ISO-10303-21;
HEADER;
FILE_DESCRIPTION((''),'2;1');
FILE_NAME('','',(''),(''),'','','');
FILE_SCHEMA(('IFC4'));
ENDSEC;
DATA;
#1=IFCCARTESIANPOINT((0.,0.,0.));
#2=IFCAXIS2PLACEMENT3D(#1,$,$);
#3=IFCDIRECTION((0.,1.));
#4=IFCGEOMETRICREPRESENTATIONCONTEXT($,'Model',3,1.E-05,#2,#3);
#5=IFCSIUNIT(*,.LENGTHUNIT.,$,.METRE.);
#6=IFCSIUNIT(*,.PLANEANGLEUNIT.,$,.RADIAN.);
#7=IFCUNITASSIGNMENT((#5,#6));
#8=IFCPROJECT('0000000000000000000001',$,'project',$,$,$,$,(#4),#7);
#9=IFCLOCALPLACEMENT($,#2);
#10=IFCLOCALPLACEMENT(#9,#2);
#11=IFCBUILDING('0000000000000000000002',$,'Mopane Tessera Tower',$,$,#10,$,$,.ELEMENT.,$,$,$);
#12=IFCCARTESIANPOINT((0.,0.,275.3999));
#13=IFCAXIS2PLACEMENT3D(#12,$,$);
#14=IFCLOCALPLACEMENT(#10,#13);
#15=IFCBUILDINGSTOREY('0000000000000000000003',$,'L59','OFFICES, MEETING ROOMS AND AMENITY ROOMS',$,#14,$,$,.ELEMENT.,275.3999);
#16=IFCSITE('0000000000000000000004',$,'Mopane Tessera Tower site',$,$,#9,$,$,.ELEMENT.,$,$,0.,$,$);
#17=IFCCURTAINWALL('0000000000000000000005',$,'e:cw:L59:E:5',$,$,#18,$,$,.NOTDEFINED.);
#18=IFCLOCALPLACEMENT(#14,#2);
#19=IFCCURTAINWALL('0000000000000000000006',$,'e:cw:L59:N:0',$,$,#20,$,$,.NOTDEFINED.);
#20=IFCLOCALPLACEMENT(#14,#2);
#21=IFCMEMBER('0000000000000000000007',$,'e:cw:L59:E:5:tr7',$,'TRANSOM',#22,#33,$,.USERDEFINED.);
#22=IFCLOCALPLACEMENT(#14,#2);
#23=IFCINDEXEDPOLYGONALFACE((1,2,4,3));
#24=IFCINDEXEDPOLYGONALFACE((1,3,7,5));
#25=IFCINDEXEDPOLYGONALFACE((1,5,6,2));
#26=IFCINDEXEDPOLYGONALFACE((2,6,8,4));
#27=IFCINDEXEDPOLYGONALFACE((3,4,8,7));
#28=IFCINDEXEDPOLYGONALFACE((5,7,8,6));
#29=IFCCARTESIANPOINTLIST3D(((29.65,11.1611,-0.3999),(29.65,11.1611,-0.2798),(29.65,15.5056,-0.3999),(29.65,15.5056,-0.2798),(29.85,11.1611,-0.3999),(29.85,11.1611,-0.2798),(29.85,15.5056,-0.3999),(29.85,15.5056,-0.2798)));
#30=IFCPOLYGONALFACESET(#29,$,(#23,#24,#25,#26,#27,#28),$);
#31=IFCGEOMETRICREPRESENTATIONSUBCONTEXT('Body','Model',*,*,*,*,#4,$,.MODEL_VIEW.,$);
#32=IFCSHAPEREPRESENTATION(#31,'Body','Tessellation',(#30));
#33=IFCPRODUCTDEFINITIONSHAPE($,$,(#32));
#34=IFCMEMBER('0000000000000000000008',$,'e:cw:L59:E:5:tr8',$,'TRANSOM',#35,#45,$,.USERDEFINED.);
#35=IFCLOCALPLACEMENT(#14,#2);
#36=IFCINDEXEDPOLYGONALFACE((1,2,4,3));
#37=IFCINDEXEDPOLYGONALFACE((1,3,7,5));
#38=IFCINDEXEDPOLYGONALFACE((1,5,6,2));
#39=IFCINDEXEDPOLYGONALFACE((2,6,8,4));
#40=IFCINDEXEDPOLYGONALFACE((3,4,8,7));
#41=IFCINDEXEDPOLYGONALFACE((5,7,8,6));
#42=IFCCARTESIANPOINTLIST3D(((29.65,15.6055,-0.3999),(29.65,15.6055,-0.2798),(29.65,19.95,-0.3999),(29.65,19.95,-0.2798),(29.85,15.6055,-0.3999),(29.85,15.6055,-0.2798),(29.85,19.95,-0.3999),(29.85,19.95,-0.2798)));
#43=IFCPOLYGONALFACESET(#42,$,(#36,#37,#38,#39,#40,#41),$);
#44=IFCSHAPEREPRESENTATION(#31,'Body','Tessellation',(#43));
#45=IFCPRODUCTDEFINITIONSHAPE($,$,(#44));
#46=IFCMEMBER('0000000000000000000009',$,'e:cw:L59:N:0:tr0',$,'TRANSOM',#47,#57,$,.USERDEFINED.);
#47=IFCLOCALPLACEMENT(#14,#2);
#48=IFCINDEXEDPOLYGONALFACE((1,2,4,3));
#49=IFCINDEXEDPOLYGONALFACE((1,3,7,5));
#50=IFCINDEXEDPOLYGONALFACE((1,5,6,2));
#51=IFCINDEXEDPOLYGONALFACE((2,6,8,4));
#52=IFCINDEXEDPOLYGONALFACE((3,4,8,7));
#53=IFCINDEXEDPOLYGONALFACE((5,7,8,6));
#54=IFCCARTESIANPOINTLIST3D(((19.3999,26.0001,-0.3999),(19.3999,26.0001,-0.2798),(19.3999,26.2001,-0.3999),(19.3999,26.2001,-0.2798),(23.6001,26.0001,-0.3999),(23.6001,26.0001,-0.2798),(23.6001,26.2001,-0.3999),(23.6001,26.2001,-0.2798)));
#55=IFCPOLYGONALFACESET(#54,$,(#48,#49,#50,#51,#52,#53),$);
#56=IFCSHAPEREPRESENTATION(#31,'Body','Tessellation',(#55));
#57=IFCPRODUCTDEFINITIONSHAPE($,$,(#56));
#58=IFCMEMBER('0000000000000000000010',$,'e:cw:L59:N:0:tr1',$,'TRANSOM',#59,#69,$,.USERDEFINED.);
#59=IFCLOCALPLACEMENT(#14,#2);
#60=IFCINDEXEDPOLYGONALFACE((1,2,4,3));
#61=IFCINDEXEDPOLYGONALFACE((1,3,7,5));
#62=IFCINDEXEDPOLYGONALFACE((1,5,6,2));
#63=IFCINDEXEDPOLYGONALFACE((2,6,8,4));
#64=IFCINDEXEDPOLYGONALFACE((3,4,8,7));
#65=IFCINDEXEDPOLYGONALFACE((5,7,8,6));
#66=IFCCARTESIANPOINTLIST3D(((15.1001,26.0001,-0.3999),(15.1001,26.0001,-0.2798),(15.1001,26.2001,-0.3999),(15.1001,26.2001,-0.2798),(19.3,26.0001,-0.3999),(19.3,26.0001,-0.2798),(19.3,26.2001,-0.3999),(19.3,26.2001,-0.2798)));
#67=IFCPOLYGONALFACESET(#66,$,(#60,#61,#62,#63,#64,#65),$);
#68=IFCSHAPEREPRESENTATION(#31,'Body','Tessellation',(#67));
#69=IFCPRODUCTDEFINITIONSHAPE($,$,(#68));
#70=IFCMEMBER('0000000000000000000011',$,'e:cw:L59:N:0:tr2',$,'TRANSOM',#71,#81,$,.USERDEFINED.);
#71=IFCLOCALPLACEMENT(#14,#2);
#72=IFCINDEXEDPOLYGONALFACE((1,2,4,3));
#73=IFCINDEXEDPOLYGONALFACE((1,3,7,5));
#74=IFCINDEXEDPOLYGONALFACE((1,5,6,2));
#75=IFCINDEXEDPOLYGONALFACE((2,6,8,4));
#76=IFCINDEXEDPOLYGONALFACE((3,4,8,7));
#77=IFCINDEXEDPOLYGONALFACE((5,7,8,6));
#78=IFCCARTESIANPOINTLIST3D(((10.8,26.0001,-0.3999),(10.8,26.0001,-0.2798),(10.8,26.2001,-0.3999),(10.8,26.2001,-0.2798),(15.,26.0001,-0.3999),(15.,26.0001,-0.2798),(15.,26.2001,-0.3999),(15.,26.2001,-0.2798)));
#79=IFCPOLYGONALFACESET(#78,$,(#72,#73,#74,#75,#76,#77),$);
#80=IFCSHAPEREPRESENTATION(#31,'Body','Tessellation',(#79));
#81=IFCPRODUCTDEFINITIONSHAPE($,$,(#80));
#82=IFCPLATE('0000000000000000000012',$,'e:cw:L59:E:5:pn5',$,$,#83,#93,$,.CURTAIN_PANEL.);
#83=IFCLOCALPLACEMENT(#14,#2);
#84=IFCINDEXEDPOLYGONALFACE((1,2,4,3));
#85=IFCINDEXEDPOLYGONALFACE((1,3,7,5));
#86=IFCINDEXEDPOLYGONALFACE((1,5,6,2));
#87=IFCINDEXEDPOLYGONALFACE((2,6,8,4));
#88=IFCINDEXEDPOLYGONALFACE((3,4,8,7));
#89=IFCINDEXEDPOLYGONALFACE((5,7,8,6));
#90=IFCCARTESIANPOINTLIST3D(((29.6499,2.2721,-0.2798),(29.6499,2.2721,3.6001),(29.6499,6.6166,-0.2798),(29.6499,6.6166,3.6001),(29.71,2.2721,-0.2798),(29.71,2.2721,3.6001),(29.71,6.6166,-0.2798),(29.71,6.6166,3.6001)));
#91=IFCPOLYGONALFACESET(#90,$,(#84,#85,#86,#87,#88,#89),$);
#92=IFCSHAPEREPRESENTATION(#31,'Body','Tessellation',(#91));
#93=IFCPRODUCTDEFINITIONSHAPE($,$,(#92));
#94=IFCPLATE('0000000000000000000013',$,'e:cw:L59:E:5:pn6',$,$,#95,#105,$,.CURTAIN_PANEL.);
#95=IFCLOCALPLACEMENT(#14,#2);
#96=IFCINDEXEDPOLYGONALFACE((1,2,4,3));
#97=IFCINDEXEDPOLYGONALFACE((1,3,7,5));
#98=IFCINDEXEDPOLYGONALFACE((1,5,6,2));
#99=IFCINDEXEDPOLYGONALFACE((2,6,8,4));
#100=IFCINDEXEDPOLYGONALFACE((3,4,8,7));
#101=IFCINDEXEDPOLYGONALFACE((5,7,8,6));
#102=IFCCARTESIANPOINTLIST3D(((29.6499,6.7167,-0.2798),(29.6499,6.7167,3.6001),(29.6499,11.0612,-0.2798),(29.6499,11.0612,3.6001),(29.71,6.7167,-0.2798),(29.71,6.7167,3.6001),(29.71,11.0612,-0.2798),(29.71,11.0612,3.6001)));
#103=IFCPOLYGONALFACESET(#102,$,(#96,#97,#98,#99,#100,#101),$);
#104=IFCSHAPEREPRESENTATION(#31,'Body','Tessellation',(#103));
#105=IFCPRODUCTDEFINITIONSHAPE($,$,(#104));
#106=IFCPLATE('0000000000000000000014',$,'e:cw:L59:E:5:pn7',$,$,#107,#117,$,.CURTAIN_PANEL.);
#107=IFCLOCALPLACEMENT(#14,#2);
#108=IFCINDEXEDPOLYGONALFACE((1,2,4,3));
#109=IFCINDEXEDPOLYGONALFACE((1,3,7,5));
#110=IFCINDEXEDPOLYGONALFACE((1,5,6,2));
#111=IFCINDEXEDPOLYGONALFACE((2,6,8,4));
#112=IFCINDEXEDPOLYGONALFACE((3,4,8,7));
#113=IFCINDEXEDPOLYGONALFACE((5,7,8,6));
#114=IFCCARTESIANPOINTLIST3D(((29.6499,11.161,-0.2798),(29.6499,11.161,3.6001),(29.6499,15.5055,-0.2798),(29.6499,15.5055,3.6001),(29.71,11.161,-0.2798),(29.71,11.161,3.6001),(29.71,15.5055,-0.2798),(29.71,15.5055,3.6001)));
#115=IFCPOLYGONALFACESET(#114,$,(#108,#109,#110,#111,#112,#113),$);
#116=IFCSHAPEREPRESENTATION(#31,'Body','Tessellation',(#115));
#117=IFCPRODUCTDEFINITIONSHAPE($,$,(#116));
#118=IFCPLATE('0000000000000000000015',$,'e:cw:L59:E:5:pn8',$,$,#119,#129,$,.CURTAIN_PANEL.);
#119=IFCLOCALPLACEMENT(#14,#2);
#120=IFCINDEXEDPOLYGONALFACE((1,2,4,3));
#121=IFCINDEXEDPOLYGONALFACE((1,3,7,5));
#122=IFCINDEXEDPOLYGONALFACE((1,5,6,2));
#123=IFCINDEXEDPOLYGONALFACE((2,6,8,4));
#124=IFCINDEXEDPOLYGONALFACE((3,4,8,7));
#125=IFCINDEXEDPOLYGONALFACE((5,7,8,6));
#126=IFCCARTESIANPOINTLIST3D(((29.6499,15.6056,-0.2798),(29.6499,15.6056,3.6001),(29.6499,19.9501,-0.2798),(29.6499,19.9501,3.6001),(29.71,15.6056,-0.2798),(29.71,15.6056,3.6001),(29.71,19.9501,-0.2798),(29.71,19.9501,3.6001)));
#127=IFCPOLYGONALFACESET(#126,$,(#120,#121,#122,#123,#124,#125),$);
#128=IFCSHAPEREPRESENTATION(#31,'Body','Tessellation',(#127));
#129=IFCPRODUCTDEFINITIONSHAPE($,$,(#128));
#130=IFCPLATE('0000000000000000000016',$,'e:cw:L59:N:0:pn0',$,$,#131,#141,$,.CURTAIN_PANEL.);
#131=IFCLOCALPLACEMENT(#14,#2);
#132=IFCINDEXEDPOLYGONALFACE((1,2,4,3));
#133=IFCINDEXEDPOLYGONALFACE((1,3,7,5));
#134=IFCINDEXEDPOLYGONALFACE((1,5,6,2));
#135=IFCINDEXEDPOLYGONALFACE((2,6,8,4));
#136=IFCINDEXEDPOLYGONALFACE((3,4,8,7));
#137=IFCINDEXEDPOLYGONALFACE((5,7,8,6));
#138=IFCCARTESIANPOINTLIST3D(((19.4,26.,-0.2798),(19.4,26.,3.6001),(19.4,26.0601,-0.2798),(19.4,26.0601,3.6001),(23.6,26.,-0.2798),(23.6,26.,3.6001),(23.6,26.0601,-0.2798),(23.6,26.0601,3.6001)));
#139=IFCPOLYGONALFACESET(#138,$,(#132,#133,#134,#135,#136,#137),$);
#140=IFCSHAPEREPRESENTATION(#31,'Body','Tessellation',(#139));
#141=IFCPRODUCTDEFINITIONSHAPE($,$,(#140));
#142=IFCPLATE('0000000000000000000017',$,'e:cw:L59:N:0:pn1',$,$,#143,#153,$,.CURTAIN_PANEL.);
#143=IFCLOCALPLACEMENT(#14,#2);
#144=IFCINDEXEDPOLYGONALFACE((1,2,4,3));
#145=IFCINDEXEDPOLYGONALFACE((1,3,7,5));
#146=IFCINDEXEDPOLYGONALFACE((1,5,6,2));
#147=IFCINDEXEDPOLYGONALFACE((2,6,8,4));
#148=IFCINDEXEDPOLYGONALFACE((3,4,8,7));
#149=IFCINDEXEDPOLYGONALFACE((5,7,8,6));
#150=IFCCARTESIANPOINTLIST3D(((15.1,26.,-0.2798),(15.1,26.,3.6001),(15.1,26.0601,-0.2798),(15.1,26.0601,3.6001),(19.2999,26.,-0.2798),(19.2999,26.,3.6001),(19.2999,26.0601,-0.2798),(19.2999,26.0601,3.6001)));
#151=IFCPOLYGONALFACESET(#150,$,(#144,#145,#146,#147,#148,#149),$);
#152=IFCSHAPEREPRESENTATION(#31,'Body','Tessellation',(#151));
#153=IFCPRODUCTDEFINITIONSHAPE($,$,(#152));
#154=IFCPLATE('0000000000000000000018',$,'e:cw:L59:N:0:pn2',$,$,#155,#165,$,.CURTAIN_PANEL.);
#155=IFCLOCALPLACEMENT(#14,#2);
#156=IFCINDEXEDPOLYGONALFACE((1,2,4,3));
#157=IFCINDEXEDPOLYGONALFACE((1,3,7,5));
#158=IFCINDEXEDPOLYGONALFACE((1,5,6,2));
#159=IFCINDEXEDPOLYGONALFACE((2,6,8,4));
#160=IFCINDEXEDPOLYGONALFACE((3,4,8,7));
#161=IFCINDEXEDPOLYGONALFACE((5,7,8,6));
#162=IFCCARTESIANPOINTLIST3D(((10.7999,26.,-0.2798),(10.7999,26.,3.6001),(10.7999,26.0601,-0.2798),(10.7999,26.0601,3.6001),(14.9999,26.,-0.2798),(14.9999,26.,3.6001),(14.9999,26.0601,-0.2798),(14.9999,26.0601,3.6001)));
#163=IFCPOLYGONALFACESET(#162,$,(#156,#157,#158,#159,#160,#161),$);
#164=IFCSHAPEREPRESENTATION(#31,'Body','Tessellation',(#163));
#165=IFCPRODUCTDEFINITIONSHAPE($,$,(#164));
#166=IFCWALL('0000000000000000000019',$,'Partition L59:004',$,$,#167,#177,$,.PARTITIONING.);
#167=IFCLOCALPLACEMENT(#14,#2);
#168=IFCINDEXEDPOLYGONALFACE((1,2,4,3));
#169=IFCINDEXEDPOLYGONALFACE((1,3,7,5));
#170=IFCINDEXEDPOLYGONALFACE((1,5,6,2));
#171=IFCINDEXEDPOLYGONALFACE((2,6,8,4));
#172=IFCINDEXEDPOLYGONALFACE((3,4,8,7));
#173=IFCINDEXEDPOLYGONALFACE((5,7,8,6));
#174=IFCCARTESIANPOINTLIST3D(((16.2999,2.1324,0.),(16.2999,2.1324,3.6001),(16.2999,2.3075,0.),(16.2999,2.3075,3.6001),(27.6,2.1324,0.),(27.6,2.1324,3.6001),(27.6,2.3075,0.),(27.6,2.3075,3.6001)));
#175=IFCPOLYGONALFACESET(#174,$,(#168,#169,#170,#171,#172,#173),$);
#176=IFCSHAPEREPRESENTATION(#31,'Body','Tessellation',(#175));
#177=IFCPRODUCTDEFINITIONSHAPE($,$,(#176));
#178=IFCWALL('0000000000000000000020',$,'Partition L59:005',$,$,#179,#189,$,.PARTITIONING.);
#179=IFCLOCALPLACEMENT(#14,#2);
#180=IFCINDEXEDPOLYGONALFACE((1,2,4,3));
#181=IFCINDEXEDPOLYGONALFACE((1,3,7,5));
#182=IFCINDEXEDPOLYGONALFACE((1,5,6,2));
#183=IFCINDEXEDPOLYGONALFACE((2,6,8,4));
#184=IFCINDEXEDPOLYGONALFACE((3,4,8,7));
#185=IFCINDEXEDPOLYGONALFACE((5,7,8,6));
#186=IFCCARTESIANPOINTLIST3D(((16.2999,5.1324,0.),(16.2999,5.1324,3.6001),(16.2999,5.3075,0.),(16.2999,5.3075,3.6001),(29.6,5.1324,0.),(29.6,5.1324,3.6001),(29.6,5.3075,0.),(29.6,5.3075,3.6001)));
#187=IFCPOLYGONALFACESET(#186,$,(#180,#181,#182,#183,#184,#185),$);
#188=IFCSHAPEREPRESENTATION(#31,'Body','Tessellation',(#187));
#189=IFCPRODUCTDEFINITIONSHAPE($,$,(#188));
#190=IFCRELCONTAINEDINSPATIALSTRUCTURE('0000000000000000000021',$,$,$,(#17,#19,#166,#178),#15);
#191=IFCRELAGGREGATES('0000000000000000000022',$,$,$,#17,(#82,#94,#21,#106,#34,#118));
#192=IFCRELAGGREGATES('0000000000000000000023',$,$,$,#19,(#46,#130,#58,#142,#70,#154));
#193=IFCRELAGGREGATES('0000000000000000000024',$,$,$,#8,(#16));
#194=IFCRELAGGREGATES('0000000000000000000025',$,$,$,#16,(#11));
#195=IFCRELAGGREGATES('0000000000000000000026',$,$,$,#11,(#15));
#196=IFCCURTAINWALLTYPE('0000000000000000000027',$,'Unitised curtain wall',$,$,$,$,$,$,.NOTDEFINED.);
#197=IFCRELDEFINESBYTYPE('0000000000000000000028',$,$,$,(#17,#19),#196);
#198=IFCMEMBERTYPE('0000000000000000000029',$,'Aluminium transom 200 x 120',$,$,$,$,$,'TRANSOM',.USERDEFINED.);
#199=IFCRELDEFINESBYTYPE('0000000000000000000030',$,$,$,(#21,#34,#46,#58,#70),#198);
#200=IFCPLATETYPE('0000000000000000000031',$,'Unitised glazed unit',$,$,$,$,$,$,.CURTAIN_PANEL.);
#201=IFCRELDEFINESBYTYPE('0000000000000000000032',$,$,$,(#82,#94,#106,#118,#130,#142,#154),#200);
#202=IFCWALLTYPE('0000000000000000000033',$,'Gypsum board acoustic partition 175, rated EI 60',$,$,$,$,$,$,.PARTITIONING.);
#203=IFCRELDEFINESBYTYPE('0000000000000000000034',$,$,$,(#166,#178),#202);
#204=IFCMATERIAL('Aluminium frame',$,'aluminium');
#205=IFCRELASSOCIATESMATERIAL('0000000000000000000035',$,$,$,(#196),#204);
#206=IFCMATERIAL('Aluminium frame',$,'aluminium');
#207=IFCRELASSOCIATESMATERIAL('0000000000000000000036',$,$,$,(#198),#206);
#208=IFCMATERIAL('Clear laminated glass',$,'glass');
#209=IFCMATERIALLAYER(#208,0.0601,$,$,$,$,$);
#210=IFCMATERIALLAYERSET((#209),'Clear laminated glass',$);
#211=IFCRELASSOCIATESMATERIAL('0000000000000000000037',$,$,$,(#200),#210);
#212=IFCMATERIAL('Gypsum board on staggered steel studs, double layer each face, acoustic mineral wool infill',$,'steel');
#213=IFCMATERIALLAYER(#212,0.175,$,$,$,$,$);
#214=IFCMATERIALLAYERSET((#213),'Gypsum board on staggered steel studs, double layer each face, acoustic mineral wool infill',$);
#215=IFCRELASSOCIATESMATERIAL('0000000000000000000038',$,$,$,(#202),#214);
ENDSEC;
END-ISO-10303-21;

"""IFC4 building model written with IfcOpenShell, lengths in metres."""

from ifc_helpers import new_model, si_unit, direction, frame, frame_2d, origin, origin_2d, place, context, subcontext, project, spatial, rectangle, extrude, material, layer, layer_set, material_profile, profile_set, type_object, element, aggregate, save


model = new_model("IFC4")

# Units and contexts
model_context = context("Model", 3, precision=1e-05, world=origin(), true_north=direction((0.0, 1.0)))
body_context = subcontext(model_context, "Body", "Model", "MODEL_VIEW")
ifc_project = project(units=[si_unit("LENGTHUNIT", "METRE"), si_unit("PLANEANGLEUNIT", "RADIAN")], contexts=[model_context])

# Site, building, storey
site_placement = place(None, origin())
site = spatial("IfcSite", under=ifc_project, at=site_placement, Name="Mopane Tessera Tower site", CompositionType="ELEMENT", RefElevation=0.0)
building_placement = place(site_placement, origin())
building = spatial("IfcBuilding", under=site, at=building_placement, Name="Mopane Tessera Tower", CompositionType="ELEMENT")
storey_placement = place(building_placement, frame((0.0, 0.0, 275.3999)))
storey = spatial("IfcBuildingStorey", under=building, at=storey_placement, Name="L59", Description="OFFICES, MEETING ROOMS AND AMENITY ROOMS", CompositionType="ELEMENT", Elevation=275.3999)

# Curtain walls
ifc_material_1 = material(Name="Aluminium frame", Category="aluminium")
curtain_wall_type = type_object("IfcCurtainWallType", Name="Unitised curtain wall", PredefinedType="NOTDEFINED", material=ifc_material_1)
curtain_wall_1_placement = place(storey_placement, origin())
curtain_wall_1 = element("IfcCurtainWall", 1, at=curtain_wall_1_placement, inside=storey, type_object=curtain_wall_type, Name="e:cw:L59:E:5", PredefinedType="NOTDEFINED")
curtain_wall_2_placement = place(storey_placement, origin())
curtain_wall_2 = element("IfcCurtainWall", 2, at=curtain_wall_2_placement, inside=storey, type_object=curtain_wall_type, Name="e:cw:L59:N:0", PredefinedType="NOTDEFINED")

# Members
ifc_material_2 = material(Name="Aluminium frame", Category="aluminium")
ifc_material_profile_1 = material_profile(ifc_material_2, rectangle(XDim=0.2, YDim=0.1201, at=origin_2d()))
ifc_profile_set_1 = profile_set([ifc_material_profile_1], Name="Aluminium frame")
member_type_1 = type_object("IfcMemberType", Name="Aluminium transom 200 x 120", ElementType="TRANSOM", PredefinedType="USERDEFINED", material=ifc_profile_set_1)
member_1_placement = place(storey_placement, frame((29.75, 11.1611, -0.3398), z_axis=(0.0, 1.0, 0.0), x_axis=(-1.0, 0.0, 0.0)))
member_1 = element("IfcMember", 3, at=member_1_placement, type_object=member_type_1, Name="e:cw:L59:E:5:tr7", ObjectType="TRANSOM", PredefinedType="USERDEFINED", context=body_context, shape_type="SweptSolid", body=[
    extrude(rectangle(XDim=0.2, YDim=0.1201, at=origin_2d()), origin(), (0.0, 0.0, 1.0), 4.3445),
])
member_2_placement = place(storey_placement, frame((29.75, 15.6055, -0.3398), z_axis=(0.0, 1.0, 0.0), x_axis=(-1.0, 0.0, 0.0)))
member_2 = element("IfcMember", 4, at=member_2_placement, type_object=member_type_1, Name="e:cw:L59:E:5:tr8", ObjectType="TRANSOM", PredefinedType="USERDEFINED", context=body_context, shape_type="SweptSolid", body=[
    extrude(rectangle(XDim=0.2, YDim=0.1201, at=origin_2d()), origin(), (0.0, 0.0, 1.0), 4.3445),
])
member_3_placement = place(storey_placement, frame((23.6001, 26.1001, -0.3398), z_axis=(-1.0, 0.0, 0.0), x_axis=(0.0, -1.0, 0.0)))
member_3 = element("IfcMember", 5, at=member_3_placement, type_object=member_type_1, Name="e:cw:L59:N:0:tr0", ObjectType="TRANSOM", PredefinedType="USERDEFINED", context=body_context, shape_type="SweptSolid", body=[
    extrude(rectangle(XDim=0.2, YDim=0.1201, at=origin_2d()), origin(), (0.0, 0.0, 1.0), 4.2002),
])
member_4_placement = place(storey_placement, frame((19.3, 26.1001, -0.3398), z_axis=(-1.0, 0.0, 0.0), x_axis=(0.0, -1.0, 0.0)))
member_4 = element("IfcMember", 6, at=member_4_placement, type_object=member_type_1, Name="e:cw:L59:N:0:tr1", ObjectType="TRANSOM", PredefinedType="USERDEFINED", context=body_context, shape_type="SweptSolid", body=[
    extrude(rectangle(XDim=0.2, YDim=0.1201, at=origin_2d()), origin(), (0.0, 0.0, 1.0), 4.2),
])
member_5_placement = place(storey_placement, frame((15.0, 26.1001, -0.3398), z_axis=(-1.0, 0.0, 0.0), x_axis=(0.0, -1.0, 0.0)))
member_5 = element("IfcMember", 7, at=member_5_placement, type_object=member_type_1, Name="e:cw:L59:N:0:tr2", ObjectType="TRANSOM", PredefinedType="USERDEFINED", context=body_context, shape_type="SweptSolid", body=[
    extrude(rectangle(XDim=0.2, YDim=0.1201, at=origin_2d()), origin(), (0.0, 0.0, 1.0), 4.2),
])

# Plates
ifc_material_3 = material(Name="Clear laminated glass", Category="glass")
ifc_layer_1 = layer(ifc_material_3, 0.0601)
ifc_layer_set_1 = layer_set([ifc_layer_1], Name="Clear laminated glass")
plate_type = type_object("IfcPlateType", Name="Unitised glazed unit", PredefinedType="CURTAIN_PANEL", material=ifc_layer_set_1)
plate_1_placement = place(storey_placement, frame((29.6799, 4.4443, -0.2798), z_axis=(0.0, 0.0, 1.0), x_axis=(0.0, 1.0, 0.0)))
plate_1 = element("IfcPlate", 8, at=plate_1_placement, type_object=plate_type, Name="e:cw:L59:E:5:pn5", PredefinedType="CURTAIN_PANEL", context=body_context, shape_type="SweptSolid", body=[
    extrude(rectangle(XDim=4.3445, YDim=0.0601, at=origin_2d()), origin(), (0.0, 0.0, 1.0), 3.8799),
])
plate_2_placement = place(storey_placement, frame((29.6799, 8.8889, -0.2798), z_axis=(0.0, 0.0, 1.0), x_axis=(0.0, 1.0, 0.0)))
plate_2 = element("IfcPlate", 9, at=plate_2_placement, type_object=plate_type, Name="e:cw:L59:E:5:pn6", PredefinedType="CURTAIN_PANEL", context=body_context, shape_type="SweptSolid", body=[
    extrude(rectangle(XDim=4.3445, YDim=0.0601, at=origin_2d()), origin(), (0.0, 0.0, 1.0), 3.8799),
])
plate_3_placement = place(storey_placement, frame((29.6799, 13.3333, -0.2798), z_axis=(0.0, 0.0, 1.0), x_axis=(0.0, 1.0, 0.0)))
plate_3 = element("IfcPlate", 10, at=plate_3_placement, type_object=plate_type, Name="e:cw:L59:E:5:pn7", PredefinedType="CURTAIN_PANEL", context=body_context, shape_type="SweptSolid", body=[
    extrude(rectangle(XDim=4.3445, YDim=0.0601, at=origin_2d()), origin(), (0.0, 0.0, 1.0), 3.8799),
])
plate_4_placement = place(storey_placement, frame((29.6799, 17.7778, -0.2798), z_axis=(0.0, 0.0, 1.0), x_axis=(0.0, 1.0, 0.0)))
plate_4 = element("IfcPlate", 11, at=plate_4_placement, type_object=plate_type, Name="e:cw:L59:E:5:pn8", PredefinedType="CURTAIN_PANEL", context=body_context, shape_type="SweptSolid", body=[
    extrude(rectangle(XDim=4.3445, YDim=0.0601, at=origin_2d()), origin(), (0.0, 0.0, 1.0), 3.8799),
])
aggregate(curtain_wall_1, [plate_1, plate_2, member_1, plate_3, member_2, plate_4])
plate_5_placement = place(storey_placement, frame((21.5, 26.03, -0.2798), z_axis=(0.0, 0.0, 1.0), x_axis=(-1.0, 0.0, 0.0)))
plate_5 = element("IfcPlate", 12, at=plate_5_placement, type_object=plate_type, Name="e:cw:L59:N:0:pn0", PredefinedType="CURTAIN_PANEL", context=body_context, shape_type="SweptSolid", body=[
    extrude(rectangle(XDim=4.2, YDim=0.0601, at=origin_2d()), origin(), (0.0, 0.0, 1.0), 3.8799),
])
plate_6_placement = place(storey_placement, frame((17.2, 26.03, -0.2798), z_axis=(0.0, 0.0, 1.0), x_axis=(-1.0, 0.0, 0.0)))
plate_6 = element("IfcPlate", 13, at=plate_6_placement, type_object=plate_type, Name="e:cw:L59:N:0:pn1", PredefinedType="CURTAIN_PANEL", context=body_context, shape_type="SweptSolid", body=[
    extrude(rectangle(XDim=4.2, YDim=0.0601, at=origin_2d()), origin(), (0.0, 0.0, 1.0), 3.8799),
])
plate_7_placement = place(storey_placement, frame((12.8999, 26.03, -0.2798), z_axis=(0.0, 0.0, 1.0), x_axis=(-1.0, 0.0, 0.0)))
plate_7 = element("IfcPlate", 14, at=plate_7_placement, type_object=plate_type, Name="e:cw:L59:N:0:pn2", PredefinedType="CURTAIN_PANEL", context=body_context, shape_type="SweptSolid", body=[
    extrude(rectangle(XDim=4.2, YDim=0.0601, at=origin_2d()), origin(), (0.0, 0.0, 1.0), 3.8799),
])
aggregate(curtain_wall_2, [member_3, plate_5, member_4, plate_6, member_5, plate_7])

# Walls
ifc_material_4 = material(Name="Gypsum board on staggered steel studs, double layer each face, acoustic mineral wool infill", Category="steel")
ifc_layer_2 = layer(ifc_material_4, 0.175)
ifc_layer_set_2 = layer_set([ifc_layer_2], Name="Gypsum board on staggered steel studs, double layer each face, acoustic mineral wool infill")
wall_type_1 = type_object("IfcWallType", Name="Gypsum board acoustic partition 175, rated EI 60", PredefinedType="PARTITIONING", material=ifc_layer_set_2)
wall_1_placement = place(storey_placement, frame((16.3, 2.22, 0.0), z_axis=(0.0, 0.0, 1.0), x_axis=(1.0, 0.0, 0.0)))
element("IfcWall", 15, at=wall_1_placement, inside=storey, type_object=wall_type_1, Name="Partition L59:004", PredefinedType="PARTITIONING", context=body_context, shape_type="SweptSolid", body=[
    extrude(rectangle(XDim=11.3, YDim=0.175, at=frame_2d((5.6499, 0.0))), origin(), (0.0, 0.0, 1.0), 3.6001),
])
wall_2_placement = place(storey_placement, frame((16.3, 5.22, 0.0), z_axis=(0.0, 0.0, 1.0), x_axis=(1.0, 0.0, 0.0)))
element("IfcWall", 16, at=wall_2_placement, inside=storey, type_object=wall_type_1, Name="Partition L59:005", PredefinedType="PARTITIONING", context=body_context, shape_type="SweptSolid", body=[
    extrude(rectangle(XDim=13.3, YDim=0.175, at=frame_2d((6.6499, 0.0))), origin(), (0.0, 0.0, 1.0), 3.6001),
])

save(model, "model.ifc")
